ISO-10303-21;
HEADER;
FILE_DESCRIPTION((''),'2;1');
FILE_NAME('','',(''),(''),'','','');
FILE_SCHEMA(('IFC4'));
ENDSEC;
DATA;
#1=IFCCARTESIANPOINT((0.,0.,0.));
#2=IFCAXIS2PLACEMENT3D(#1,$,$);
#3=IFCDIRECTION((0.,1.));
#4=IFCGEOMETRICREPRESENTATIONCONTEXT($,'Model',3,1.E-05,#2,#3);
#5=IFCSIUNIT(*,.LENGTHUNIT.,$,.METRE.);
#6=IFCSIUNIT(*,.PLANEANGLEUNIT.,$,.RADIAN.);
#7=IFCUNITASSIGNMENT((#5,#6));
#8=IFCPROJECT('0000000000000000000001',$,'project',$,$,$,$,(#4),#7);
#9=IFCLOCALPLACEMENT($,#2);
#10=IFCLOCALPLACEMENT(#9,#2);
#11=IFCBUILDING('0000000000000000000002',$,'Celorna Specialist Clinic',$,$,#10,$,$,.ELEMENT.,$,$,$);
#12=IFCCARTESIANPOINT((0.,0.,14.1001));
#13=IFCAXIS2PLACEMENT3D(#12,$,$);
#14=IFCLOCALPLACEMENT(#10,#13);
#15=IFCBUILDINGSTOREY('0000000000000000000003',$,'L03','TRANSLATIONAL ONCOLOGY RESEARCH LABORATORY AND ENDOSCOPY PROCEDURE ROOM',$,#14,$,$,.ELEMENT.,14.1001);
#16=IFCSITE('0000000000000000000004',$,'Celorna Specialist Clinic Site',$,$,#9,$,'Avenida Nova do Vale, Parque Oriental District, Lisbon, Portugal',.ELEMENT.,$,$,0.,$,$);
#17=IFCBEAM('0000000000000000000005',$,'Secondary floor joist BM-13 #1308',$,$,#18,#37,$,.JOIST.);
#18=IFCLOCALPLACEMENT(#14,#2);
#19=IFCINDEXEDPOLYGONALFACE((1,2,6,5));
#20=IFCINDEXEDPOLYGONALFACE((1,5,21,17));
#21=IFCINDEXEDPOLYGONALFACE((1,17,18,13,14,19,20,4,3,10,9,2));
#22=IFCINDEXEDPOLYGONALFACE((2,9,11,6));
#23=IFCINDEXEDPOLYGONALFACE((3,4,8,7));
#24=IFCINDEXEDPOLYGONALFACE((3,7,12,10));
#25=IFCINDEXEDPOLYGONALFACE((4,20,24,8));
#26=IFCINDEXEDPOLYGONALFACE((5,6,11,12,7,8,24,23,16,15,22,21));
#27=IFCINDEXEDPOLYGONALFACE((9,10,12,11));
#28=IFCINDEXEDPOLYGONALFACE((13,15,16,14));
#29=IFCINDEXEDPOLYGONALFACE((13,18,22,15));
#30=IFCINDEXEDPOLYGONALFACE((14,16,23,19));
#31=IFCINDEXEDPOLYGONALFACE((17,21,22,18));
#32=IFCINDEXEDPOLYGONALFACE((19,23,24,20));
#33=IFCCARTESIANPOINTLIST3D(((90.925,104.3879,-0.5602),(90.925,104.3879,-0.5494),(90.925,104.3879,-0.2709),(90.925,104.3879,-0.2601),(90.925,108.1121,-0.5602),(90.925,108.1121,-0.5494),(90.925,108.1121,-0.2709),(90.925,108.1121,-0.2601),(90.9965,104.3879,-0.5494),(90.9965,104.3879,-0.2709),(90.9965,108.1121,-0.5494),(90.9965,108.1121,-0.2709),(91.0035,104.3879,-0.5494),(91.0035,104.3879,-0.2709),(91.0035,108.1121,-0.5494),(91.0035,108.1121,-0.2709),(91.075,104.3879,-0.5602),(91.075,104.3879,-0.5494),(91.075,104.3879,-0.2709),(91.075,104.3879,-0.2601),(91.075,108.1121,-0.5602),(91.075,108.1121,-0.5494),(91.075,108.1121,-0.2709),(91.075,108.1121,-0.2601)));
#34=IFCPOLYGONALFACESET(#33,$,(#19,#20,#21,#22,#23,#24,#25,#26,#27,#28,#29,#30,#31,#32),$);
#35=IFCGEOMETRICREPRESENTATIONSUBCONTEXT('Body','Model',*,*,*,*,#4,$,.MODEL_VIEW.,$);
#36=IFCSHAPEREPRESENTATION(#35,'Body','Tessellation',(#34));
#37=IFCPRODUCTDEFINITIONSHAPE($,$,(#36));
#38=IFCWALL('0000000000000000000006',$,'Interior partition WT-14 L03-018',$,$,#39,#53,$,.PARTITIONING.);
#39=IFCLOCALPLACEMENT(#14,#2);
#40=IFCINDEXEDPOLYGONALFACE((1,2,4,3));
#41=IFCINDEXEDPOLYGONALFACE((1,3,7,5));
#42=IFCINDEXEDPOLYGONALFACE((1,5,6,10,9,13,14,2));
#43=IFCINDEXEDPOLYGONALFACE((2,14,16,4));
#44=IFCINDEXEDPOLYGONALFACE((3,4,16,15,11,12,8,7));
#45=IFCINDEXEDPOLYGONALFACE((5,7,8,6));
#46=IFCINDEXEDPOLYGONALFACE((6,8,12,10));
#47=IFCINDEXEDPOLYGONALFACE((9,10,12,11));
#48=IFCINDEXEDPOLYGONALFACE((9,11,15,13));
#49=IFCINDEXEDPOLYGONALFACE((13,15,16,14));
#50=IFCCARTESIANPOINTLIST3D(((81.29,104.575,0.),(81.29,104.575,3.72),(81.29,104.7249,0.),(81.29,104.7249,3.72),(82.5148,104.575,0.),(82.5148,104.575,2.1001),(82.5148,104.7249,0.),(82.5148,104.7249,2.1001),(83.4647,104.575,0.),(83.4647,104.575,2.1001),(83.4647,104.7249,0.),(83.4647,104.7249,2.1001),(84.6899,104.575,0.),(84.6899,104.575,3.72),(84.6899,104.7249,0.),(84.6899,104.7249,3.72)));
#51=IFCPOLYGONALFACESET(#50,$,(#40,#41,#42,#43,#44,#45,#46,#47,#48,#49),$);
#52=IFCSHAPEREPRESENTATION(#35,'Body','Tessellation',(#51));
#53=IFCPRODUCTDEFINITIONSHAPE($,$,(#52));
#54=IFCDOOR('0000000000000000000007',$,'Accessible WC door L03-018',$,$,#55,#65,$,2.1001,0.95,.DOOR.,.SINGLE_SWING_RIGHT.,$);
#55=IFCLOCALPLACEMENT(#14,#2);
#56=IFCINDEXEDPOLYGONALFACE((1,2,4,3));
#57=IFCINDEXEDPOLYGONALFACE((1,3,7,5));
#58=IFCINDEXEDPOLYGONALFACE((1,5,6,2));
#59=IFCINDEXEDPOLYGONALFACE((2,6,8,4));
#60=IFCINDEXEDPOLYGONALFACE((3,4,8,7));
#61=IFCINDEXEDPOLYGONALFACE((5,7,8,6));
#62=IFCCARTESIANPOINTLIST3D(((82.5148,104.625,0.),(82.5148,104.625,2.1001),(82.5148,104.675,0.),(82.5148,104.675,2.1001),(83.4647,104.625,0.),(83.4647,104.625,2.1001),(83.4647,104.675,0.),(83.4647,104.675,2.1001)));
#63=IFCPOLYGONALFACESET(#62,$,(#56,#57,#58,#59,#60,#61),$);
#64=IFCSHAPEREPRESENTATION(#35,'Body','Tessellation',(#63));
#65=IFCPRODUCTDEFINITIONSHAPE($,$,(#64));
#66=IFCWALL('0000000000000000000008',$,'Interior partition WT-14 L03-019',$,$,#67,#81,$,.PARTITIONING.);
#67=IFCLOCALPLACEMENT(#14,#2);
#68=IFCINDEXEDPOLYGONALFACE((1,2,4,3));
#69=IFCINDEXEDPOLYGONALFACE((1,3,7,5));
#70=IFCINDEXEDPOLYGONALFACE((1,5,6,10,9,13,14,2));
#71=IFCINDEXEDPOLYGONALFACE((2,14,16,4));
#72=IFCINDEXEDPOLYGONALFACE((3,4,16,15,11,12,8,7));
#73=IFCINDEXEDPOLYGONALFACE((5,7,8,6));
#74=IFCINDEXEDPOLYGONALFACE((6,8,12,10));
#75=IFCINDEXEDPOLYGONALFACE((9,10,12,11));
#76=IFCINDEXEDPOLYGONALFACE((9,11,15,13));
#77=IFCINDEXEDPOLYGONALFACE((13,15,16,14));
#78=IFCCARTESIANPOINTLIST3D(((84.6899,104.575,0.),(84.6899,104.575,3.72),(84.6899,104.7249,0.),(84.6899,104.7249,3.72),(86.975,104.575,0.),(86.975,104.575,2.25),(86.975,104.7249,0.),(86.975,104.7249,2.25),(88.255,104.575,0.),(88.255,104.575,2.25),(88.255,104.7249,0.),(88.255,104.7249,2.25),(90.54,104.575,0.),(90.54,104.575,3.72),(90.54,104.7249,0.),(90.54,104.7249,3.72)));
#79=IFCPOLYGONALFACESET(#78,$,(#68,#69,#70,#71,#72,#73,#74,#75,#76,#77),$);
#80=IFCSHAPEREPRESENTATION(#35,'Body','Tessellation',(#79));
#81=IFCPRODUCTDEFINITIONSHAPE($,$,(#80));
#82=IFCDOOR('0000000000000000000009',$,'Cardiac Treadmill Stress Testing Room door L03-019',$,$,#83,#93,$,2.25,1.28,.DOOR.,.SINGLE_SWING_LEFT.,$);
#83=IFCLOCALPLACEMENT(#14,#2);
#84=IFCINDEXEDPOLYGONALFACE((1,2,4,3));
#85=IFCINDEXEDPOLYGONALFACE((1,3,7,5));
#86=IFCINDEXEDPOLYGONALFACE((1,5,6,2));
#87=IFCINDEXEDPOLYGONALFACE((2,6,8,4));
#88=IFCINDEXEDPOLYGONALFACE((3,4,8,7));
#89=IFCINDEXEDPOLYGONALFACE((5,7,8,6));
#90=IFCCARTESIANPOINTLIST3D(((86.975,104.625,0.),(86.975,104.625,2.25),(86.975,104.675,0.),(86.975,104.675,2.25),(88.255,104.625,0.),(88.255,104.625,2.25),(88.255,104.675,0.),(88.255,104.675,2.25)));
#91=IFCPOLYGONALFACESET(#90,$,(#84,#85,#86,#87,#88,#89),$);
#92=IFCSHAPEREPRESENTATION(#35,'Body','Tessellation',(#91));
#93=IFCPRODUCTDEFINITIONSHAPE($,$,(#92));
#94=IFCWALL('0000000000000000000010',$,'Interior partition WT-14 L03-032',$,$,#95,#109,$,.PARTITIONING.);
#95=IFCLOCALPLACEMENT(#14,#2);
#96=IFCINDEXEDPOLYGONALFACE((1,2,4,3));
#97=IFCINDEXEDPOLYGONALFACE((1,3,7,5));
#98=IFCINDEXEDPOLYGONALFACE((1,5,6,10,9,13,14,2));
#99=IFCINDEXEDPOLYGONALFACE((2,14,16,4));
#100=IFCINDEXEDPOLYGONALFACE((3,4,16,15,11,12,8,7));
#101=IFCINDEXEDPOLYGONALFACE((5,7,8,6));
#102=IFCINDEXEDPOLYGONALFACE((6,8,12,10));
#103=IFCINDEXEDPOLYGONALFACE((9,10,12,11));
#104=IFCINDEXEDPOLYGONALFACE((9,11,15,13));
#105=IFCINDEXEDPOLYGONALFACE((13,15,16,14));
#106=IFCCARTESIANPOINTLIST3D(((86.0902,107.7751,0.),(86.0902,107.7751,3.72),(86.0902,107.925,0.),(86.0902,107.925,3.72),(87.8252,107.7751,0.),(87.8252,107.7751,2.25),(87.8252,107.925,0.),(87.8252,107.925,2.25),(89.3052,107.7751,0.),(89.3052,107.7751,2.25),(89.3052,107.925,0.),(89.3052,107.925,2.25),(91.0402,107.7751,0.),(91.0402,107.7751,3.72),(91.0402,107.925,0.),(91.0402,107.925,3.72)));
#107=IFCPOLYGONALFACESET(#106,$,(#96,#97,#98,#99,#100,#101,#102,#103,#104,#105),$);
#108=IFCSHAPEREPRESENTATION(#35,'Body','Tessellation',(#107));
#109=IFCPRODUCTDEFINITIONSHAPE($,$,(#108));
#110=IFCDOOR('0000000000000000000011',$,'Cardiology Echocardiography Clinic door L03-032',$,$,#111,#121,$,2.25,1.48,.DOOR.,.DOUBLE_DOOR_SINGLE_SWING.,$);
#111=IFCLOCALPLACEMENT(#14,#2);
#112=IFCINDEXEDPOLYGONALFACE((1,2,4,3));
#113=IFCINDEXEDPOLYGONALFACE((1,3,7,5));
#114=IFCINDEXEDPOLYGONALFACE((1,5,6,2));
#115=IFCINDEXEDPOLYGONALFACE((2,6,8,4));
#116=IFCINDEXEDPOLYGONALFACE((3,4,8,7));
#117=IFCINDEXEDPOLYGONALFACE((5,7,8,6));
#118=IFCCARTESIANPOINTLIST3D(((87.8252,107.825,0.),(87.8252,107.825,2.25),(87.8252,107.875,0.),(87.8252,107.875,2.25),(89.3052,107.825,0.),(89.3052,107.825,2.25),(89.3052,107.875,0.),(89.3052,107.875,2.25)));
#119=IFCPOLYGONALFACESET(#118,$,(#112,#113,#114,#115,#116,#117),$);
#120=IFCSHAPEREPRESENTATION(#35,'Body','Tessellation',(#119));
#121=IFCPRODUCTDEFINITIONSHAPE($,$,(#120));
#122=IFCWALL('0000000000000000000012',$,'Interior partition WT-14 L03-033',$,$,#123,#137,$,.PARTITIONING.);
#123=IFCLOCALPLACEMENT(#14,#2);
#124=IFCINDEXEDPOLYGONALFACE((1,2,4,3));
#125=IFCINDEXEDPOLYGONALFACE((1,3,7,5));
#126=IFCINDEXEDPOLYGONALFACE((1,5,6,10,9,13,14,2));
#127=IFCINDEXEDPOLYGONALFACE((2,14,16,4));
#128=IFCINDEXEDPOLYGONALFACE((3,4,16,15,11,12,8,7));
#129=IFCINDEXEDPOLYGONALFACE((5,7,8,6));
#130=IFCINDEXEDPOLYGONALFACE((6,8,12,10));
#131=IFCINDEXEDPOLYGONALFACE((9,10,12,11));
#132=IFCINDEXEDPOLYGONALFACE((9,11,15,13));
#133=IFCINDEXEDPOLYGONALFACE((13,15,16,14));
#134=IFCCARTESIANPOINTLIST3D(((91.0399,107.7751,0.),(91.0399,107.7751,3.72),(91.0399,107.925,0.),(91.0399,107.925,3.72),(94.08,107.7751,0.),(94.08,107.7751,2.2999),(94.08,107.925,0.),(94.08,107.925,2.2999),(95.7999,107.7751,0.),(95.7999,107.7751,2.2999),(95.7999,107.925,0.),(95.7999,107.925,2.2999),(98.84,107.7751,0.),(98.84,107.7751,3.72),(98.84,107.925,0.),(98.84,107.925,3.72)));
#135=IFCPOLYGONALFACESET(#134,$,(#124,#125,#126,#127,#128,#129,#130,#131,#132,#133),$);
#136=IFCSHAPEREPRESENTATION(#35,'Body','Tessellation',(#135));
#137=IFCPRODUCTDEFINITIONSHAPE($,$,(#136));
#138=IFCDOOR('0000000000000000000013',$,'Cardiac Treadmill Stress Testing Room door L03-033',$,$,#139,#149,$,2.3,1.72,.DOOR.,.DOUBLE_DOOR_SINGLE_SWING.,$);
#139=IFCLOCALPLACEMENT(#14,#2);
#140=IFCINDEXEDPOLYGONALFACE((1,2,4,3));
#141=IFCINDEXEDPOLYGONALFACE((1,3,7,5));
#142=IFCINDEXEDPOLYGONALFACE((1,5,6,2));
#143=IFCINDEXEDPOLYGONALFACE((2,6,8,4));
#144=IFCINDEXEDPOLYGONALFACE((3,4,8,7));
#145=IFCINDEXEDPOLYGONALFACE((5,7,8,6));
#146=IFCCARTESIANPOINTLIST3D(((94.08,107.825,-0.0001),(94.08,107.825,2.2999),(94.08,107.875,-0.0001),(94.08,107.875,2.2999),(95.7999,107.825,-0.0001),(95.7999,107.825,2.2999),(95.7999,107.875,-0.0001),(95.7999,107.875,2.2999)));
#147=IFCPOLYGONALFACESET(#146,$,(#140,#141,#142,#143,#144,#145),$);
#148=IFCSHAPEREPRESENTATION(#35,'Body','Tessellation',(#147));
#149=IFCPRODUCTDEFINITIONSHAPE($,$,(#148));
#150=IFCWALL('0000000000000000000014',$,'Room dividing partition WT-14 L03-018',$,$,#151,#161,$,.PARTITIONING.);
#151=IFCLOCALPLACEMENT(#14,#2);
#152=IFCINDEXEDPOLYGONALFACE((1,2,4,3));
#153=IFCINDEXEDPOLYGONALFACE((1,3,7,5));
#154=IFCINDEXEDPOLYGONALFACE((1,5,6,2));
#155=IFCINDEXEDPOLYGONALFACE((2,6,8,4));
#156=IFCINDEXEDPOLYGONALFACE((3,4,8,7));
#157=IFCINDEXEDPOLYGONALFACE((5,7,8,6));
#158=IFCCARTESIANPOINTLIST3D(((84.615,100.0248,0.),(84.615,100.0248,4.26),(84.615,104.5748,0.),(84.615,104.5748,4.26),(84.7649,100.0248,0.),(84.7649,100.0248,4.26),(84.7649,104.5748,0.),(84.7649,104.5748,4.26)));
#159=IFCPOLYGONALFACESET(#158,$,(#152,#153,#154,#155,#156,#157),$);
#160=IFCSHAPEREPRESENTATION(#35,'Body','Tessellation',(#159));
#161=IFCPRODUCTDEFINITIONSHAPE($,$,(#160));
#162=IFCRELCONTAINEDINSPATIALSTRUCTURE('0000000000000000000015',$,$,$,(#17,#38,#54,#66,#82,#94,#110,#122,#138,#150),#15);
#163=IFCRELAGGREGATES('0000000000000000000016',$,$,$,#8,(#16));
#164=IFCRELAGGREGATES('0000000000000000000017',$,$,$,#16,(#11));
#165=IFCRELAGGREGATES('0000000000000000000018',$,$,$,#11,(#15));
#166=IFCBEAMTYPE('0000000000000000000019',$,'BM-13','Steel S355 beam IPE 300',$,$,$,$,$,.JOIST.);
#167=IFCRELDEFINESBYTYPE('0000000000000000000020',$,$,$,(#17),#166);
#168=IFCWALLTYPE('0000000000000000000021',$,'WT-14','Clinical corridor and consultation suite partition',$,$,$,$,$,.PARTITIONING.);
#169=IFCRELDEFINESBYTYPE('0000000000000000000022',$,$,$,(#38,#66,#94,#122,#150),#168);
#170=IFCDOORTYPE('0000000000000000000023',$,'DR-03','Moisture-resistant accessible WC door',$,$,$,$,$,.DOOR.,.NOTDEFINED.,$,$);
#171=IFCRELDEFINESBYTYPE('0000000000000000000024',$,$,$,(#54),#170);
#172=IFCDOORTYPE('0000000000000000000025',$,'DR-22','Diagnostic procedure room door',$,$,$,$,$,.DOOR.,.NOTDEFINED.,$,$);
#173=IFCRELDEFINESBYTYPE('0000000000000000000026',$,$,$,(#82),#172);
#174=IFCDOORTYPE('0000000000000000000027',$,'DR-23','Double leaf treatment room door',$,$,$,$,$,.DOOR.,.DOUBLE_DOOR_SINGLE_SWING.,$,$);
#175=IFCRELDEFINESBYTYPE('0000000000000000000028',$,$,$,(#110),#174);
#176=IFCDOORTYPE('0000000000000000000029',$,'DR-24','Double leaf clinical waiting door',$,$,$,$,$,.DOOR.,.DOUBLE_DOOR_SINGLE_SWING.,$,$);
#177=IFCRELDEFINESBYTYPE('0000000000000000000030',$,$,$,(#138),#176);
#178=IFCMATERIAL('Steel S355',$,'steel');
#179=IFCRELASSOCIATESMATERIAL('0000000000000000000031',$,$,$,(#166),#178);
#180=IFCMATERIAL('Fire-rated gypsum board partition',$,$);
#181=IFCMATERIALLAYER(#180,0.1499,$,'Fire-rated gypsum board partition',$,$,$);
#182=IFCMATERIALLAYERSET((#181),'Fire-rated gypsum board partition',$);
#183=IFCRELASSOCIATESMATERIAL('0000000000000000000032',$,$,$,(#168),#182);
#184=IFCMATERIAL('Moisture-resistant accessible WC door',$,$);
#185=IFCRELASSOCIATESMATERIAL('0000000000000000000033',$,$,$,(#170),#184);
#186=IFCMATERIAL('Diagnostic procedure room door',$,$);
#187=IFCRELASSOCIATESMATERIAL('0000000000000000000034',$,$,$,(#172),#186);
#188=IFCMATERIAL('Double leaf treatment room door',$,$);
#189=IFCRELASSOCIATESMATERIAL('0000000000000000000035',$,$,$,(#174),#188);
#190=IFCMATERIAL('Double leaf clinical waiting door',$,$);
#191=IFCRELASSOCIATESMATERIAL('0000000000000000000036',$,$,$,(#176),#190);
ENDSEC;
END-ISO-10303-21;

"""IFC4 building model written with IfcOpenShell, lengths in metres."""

from ifc_helpers import new_model, si_unit, direction, frame, frame_2d, origin, origin_2d, place, context, subcontext, project, spatial, rectangle, i_section, extrude, material, layer, layer_set, material_profile, profile_set, type_object, element, fill, save


model = new_model("IFC4")

# Units and contexts
model_context = context("Model", 3, precision=1e-05, world=origin(), true_north=direction((0.0, 1.0)))
body_context = subcontext(model_context, "Body", "Model", "MODEL_VIEW")
ifc_project = project(units=[si_unit("LENGTHUNIT", "METRE"), si_unit("PLANEANGLEUNIT", "RADIAN")], contexts=[model_context])

# Site, building, storey
site_placement = place(None, origin())
site = spatial("IfcSite", under=ifc_project, at=site_placement, Name="Celorna Specialist Clinic Site", LongName="Avenida Nova do Vale, Parque Oriental District, Lisbon, Portugal", CompositionType="ELEMENT", RefElevation=0.0)
building_placement = place(site_placement, origin())
building = spatial("IfcBuilding", under=site, at=building_placement, Name="Celorna Specialist Clinic", CompositionType="ELEMENT")
storey_placement = place(building_placement, frame((0.0, 0.0, 14.1001)))
storey = spatial("IfcBuildingStorey", under=building, at=storey_placement, Name="L03", Description="TRANSLATIONAL ONCOLOGY RESEARCH LABORATORY AND ENDOSCOPY PROCEDURE ROOM", CompositionType="ELEMENT", Elevation=14.1001)

# Beam
ifc_material_1 = material(Name="Steel S355", Category="steel")
ifc_material_profile_1 = material_profile(ifc_material_1, i_section(OverallWidth=0.1499, OverallDepth=0.3, WebThickness=0.0071, FlangeThickness=0.0107, at=origin_2d()), Name="IPE 300")
ifc_profile_set_1 = profile_set([ifc_material_profile_1], Name="Steel S355")
beam_type_1 = type_object("IfcBeamType", Name="BM-13", Description="Steel S355 beam IPE 300", PredefinedType="JOIST", material=ifc_profile_set_1)
for number, where, z_axis, x_axis, name in (
    (1, (91.0, 104.3879, -0.4102), (0.0, 1.0, 0.0), (-1.0, 0.0, 0.0), "Secondary floor joist BM-13 #1308"),
):
    element("IfcBeam", number, at=place(storey_placement, frame(where, z_axis=z_axis, x_axis=x_axis)), inside=storey, type_object=beam_type_1, Name=name, PredefinedType="JOIST", context=body_context, shape_type="SweptSolid", body=[
        extrude(i_section(OverallWidth=0.1499, OverallDepth=0.3, WebThickness=0.0071, FlangeThickness=0.0107, at=origin_2d()), origin(), (0.0, 0.0, 1.0), 3.7241),
    ])

# Walls, openings, doors
ifc_material_2 = material(Name="Fire-rated gypsum board partition")
ifc_layer_1 = layer(ifc_material_2, 0.1499, Name="Fire-rated gypsum board partition")
ifc_layer_set_1 = layer_set([ifc_layer_1], Name="Fire-rated gypsum board partition")
wall_type_1 = type_object("IfcWallType", Name="WT-14", Description="Clinical corridor and consultation suite partition", PredefinedType="PARTITIONING", material=ifc_layer_set_1)
wall_1_placement = place(storey_placement, frame((84.6899, 104.6499, 0.0), z_axis=(0.0, 0.0, 1.0), x_axis=(-1.0, 0.0, 0.0)))
wall_1 = element("IfcWall", 2, at=wall_1_placement, inside=storey, type_object=wall_type_1, Name="Interior partition WT-14 L03-018", PredefinedType="PARTITIONING", context=body_context, shape_type="SweptSolid", body=[
    extrude(rectangle(XDim=3.3999, YDim=0.1499, at=frame_2d((1.7, 0.0))), origin(), (0.0, 0.0, 1.0), 3.72),
])
opening_1_placement = place(wall_1_placement, frame((1.2251, 0.0, 0.0)))
opening_1 = element("IfcOpeningElement", 3, at=opening_1_placement, cuts=wall_1, PredefinedType="OPENING", context=body_context, shape_type="SweptSolid", body=[
    extrude(rectangle(XDim=0.95, YDim=2.1001, at=frame_2d((0.4751, 1.05))), frame((0.0, 0.085, 0.0), z_axis=(0.0, -1.0, 0.0), x_axis=(1.0, 0.0, 0.0)), (0.0, 0.0, 1.0), 0.1699),
])
ifc_material_3 = material(Name="Moisture-resistant accessible WC door")
door_type_1 = type_object("IfcDoorType", Name="DR-03", Description="Moisture-resistant accessible WC door", OperationType="NOTDEFINED", PredefinedType="DOOR", material=ifc_material_3)
door_1_placement = place(opening_1_placement, origin())
door_1 = element("IfcDoor", 4, at=door_1_placement, inside=storey, type_object=door_type_1, Name="Accessible WC door L03-018", OperationType="SINGLE_SWING_RIGHT", OverallHeight=2.1001, OverallWidth=0.95, PredefinedType="DOOR", context=body_context, shape_type="SweptSolid", body=[
    extrude(rectangle(XDim=0.95, YDim=2.1001, at=frame_2d((0.4751, 1.05))), frame((0.0, 0.0249, 0.0), z_axis=(0.0, -1.0, 0.0), x_axis=(1.0, 0.0, 0.0)), (0.0, 0.0, 1.0), 0.05),
])
fill(opening_1, door_1)
wall_2_placement = place(storey_placement, frame((90.54, 104.6499, 0.0), z_axis=(0.0, 0.0, 1.0), x_axis=(-1.0, 0.0, 0.0)))
wall_2 = element("IfcWall", 5, at=wall_2_placement, inside=storey, type_object=wall_type_1, Name="Interior partition WT-14 L03-019", PredefinedType="PARTITIONING", context=body_context, shape_type="SweptSolid", body=[
    extrude(rectangle(XDim=5.8501, YDim=0.1499, at=frame_2d((2.925, 0.0))), origin(), (0.0, 0.0, 1.0), 3.72),
])
opening_2_placement = place(wall_2_placement, frame((2.2849, 0.0, 0.0)))
opening_2 = element("IfcOpeningElement", 6, at=opening_2_placement, cuts=wall_2, PredefinedType="OPENING", context=body_context, shape_type="SweptSolid", body=[
    extrude(rectangle(XDim=1.28, YDim=2.25, at=frame_2d((0.6401, 1.125))), frame((0.0, 0.085, 0.0), z_axis=(0.0, -1.0, 0.0), x_axis=(1.0, 0.0, 0.0)), (0.0, 0.0, 1.0), 0.1699),
])
ifc_material_4 = material(Name="Diagnostic procedure room door")
door_type_2 = type_object("IfcDoorType", Name="DR-22", Description="Diagnostic procedure room door", OperationType="NOTDEFINED", PredefinedType="DOOR", material=ifc_material_4)
door_2_placement = place(opening_2_placement, origin())
door_2 = element("IfcDoor", 7, at=door_2_placement, inside=storey, type_object=door_type_2, Name="Cardiac Treadmill Stress Testing Room door L03-019", OperationType="SINGLE_SWING_LEFT", OverallHeight=2.25, OverallWidth=1.28, PredefinedType="DOOR", context=body_context, shape_type="SweptSolid", body=[
    extrude(rectangle(XDim=1.28, YDim=2.25, at=frame_2d((0.6401, 1.125))), frame((0.0, 0.0249, 0.0), z_axis=(0.0, -1.0, 0.0), x_axis=(1.0, 0.0, 0.0)), (0.0, 0.0, 1.0), 0.05),
])
fill(opening_2, door_2)
wall_3_placement = place(storey_placement, frame((86.0901, 107.8501, 0.0), z_axis=(0.0, 0.0, 1.0), x_axis=(1.0, 0.0, 0.0)))
wall_3 = element("IfcWall", 8, at=wall_3_placement, inside=storey, type_object=wall_type_1, Name="Interior partition WT-14 L03-032", PredefinedType="PARTITIONING", context=body_context, shape_type="SweptSolid", body=[
    extrude(rectangle(XDim=4.95, YDim=0.1499, at=frame_2d((2.4751, 0.0))), origin(), (0.0, 0.0, 1.0), 3.72),
])
opening_3_placement = place(wall_3_placement, frame((1.7351, 0.0, 0.0)))
opening_3 = element("IfcOpeningElement", 9, at=opening_3_placement, cuts=wall_3, PredefinedType="OPENING", context=body_context, shape_type="SweptSolid", body=[
    extrude(rectangle(XDim=1.48, YDim=2.25, at=frame_2d((0.74, 1.125))), frame((0.0, 0.085, 0.0), z_axis=(0.0, -1.0, 0.0), x_axis=(1.0, 0.0, 0.0)), (0.0, 0.0, 1.0), 0.1699),
])
ifc_material_5 = material(Name="Double leaf treatment room door")
door_type_3 = type_object("IfcDoorType", Name="DR-23", Description="Double leaf treatment room door", OperationType="DOUBLE_DOOR_SINGLE_SWING", PredefinedType="DOOR", material=ifc_material_5)
door_3_placement = place(opening_3_placement, origin())
door_3 = element("IfcDoor", 10, at=door_3_placement, inside=storey, type_object=door_type_3, Name="Cardiology Echocardiography Clinic door L03-032", OperationType="DOUBLE_DOOR_SINGLE_SWING", OverallHeight=2.25, OverallWidth=1.48, PredefinedType="DOOR", context=body_context, shape_type="SweptSolid", body=[
    extrude(rectangle(XDim=1.48, YDim=2.25, at=frame_2d((0.74, 1.125))), frame((0.0, 0.0249, 0.0), z_axis=(0.0, -1.0, 0.0), x_axis=(1.0, 0.0, 0.0)), (0.0, 0.0, 1.0), 0.05),
])
fill(opening_3, door_3)
wall_4_placement = place(storey_placement, frame((91.04, 107.8501, 0.0), z_axis=(0.0, 0.0, 1.0), x_axis=(1.0, 0.0, 0.0)))
wall_4 = element("IfcWall", 11, at=wall_4_placement, inside=storey, type_object=wall_type_1, Name="Interior partition WT-14 L03-033", PredefinedType="PARTITIONING", context=body_context, shape_type="SweptSolid", body=[
    extrude(rectangle(XDim=7.8, YDim=0.1499, at=frame_2d((3.8999, 0.0))), origin(), (0.0, 0.0, 1.0), 3.72),
])
opening_4_placement = place(wall_4_placement, frame((3.04, 0.0, 0.0)))
opening_4 = element("IfcOpeningElement", 12, at=opening_4_placement, cuts=wall_4, PredefinedType="OPENING", context=body_context, shape_type="SweptSolid", body=[
    extrude(rectangle(XDim=1.72, YDim=2.3, at=frame_2d((0.8599, 1.1499))), frame((0.0, 0.085, 0.0), z_axis=(0.0, -1.0, 0.0), x_axis=(1.0, 0.0, 0.0)), (0.0, 0.0, 1.0), 0.1699),
])
ifc_material_6 = material(Name="Double leaf clinical waiting door")
door_type_4 = type_object("IfcDoorType", Name="DR-24", Description="Double leaf clinical waiting door", OperationType="DOUBLE_DOOR_SINGLE_SWING", PredefinedType="DOOR", material=ifc_material_6)
door_4_placement = place(opening_4_placement, origin())
door_4 = element("IfcDoor", 13, at=door_4_placement, inside=storey, type_object=door_type_4, Name="Cardiac Treadmill Stress Testing Room door L03-033", OperationType="DOUBLE_DOOR_SINGLE_SWING", OverallHeight=2.3, OverallWidth=1.72, PredefinedType="DOOR", context=body_context, shape_type="SweptSolid", body=[
    extrude(rectangle(XDim=1.72, YDim=2.3, at=frame_2d((0.8599, 1.1499))), frame((0.0, 0.0249, 0.0), z_axis=(0.0, -1.0, 0.0), x_axis=(1.0, 0.0, 0.0)), (0.0, 0.0, 1.0), 0.05),
])
fill(opening_4, door_4)

# Wall
wall_5_placement = place(storey_placement, frame((84.6899, 100.0249, 0.0), z_axis=(0.0, 0.0, 1.0), x_axis=(0.0, 1.0, 0.0)))
element("IfcWall", 14, at=wall_5_placement, inside=storey, type_object=wall_type_1, Name="Room dividing partition WT-14 L03-018", PredefinedType="PARTITIONING", context=body_context, shape_type="SweptSolid", body=[
    extrude(rectangle(XDim=4.55, YDim=0.1499, at=frame_2d((2.2749, 0.0))), origin(), (0.0, 0.0, 1.0), 4.26),
])

save(model, "model.ifc")
